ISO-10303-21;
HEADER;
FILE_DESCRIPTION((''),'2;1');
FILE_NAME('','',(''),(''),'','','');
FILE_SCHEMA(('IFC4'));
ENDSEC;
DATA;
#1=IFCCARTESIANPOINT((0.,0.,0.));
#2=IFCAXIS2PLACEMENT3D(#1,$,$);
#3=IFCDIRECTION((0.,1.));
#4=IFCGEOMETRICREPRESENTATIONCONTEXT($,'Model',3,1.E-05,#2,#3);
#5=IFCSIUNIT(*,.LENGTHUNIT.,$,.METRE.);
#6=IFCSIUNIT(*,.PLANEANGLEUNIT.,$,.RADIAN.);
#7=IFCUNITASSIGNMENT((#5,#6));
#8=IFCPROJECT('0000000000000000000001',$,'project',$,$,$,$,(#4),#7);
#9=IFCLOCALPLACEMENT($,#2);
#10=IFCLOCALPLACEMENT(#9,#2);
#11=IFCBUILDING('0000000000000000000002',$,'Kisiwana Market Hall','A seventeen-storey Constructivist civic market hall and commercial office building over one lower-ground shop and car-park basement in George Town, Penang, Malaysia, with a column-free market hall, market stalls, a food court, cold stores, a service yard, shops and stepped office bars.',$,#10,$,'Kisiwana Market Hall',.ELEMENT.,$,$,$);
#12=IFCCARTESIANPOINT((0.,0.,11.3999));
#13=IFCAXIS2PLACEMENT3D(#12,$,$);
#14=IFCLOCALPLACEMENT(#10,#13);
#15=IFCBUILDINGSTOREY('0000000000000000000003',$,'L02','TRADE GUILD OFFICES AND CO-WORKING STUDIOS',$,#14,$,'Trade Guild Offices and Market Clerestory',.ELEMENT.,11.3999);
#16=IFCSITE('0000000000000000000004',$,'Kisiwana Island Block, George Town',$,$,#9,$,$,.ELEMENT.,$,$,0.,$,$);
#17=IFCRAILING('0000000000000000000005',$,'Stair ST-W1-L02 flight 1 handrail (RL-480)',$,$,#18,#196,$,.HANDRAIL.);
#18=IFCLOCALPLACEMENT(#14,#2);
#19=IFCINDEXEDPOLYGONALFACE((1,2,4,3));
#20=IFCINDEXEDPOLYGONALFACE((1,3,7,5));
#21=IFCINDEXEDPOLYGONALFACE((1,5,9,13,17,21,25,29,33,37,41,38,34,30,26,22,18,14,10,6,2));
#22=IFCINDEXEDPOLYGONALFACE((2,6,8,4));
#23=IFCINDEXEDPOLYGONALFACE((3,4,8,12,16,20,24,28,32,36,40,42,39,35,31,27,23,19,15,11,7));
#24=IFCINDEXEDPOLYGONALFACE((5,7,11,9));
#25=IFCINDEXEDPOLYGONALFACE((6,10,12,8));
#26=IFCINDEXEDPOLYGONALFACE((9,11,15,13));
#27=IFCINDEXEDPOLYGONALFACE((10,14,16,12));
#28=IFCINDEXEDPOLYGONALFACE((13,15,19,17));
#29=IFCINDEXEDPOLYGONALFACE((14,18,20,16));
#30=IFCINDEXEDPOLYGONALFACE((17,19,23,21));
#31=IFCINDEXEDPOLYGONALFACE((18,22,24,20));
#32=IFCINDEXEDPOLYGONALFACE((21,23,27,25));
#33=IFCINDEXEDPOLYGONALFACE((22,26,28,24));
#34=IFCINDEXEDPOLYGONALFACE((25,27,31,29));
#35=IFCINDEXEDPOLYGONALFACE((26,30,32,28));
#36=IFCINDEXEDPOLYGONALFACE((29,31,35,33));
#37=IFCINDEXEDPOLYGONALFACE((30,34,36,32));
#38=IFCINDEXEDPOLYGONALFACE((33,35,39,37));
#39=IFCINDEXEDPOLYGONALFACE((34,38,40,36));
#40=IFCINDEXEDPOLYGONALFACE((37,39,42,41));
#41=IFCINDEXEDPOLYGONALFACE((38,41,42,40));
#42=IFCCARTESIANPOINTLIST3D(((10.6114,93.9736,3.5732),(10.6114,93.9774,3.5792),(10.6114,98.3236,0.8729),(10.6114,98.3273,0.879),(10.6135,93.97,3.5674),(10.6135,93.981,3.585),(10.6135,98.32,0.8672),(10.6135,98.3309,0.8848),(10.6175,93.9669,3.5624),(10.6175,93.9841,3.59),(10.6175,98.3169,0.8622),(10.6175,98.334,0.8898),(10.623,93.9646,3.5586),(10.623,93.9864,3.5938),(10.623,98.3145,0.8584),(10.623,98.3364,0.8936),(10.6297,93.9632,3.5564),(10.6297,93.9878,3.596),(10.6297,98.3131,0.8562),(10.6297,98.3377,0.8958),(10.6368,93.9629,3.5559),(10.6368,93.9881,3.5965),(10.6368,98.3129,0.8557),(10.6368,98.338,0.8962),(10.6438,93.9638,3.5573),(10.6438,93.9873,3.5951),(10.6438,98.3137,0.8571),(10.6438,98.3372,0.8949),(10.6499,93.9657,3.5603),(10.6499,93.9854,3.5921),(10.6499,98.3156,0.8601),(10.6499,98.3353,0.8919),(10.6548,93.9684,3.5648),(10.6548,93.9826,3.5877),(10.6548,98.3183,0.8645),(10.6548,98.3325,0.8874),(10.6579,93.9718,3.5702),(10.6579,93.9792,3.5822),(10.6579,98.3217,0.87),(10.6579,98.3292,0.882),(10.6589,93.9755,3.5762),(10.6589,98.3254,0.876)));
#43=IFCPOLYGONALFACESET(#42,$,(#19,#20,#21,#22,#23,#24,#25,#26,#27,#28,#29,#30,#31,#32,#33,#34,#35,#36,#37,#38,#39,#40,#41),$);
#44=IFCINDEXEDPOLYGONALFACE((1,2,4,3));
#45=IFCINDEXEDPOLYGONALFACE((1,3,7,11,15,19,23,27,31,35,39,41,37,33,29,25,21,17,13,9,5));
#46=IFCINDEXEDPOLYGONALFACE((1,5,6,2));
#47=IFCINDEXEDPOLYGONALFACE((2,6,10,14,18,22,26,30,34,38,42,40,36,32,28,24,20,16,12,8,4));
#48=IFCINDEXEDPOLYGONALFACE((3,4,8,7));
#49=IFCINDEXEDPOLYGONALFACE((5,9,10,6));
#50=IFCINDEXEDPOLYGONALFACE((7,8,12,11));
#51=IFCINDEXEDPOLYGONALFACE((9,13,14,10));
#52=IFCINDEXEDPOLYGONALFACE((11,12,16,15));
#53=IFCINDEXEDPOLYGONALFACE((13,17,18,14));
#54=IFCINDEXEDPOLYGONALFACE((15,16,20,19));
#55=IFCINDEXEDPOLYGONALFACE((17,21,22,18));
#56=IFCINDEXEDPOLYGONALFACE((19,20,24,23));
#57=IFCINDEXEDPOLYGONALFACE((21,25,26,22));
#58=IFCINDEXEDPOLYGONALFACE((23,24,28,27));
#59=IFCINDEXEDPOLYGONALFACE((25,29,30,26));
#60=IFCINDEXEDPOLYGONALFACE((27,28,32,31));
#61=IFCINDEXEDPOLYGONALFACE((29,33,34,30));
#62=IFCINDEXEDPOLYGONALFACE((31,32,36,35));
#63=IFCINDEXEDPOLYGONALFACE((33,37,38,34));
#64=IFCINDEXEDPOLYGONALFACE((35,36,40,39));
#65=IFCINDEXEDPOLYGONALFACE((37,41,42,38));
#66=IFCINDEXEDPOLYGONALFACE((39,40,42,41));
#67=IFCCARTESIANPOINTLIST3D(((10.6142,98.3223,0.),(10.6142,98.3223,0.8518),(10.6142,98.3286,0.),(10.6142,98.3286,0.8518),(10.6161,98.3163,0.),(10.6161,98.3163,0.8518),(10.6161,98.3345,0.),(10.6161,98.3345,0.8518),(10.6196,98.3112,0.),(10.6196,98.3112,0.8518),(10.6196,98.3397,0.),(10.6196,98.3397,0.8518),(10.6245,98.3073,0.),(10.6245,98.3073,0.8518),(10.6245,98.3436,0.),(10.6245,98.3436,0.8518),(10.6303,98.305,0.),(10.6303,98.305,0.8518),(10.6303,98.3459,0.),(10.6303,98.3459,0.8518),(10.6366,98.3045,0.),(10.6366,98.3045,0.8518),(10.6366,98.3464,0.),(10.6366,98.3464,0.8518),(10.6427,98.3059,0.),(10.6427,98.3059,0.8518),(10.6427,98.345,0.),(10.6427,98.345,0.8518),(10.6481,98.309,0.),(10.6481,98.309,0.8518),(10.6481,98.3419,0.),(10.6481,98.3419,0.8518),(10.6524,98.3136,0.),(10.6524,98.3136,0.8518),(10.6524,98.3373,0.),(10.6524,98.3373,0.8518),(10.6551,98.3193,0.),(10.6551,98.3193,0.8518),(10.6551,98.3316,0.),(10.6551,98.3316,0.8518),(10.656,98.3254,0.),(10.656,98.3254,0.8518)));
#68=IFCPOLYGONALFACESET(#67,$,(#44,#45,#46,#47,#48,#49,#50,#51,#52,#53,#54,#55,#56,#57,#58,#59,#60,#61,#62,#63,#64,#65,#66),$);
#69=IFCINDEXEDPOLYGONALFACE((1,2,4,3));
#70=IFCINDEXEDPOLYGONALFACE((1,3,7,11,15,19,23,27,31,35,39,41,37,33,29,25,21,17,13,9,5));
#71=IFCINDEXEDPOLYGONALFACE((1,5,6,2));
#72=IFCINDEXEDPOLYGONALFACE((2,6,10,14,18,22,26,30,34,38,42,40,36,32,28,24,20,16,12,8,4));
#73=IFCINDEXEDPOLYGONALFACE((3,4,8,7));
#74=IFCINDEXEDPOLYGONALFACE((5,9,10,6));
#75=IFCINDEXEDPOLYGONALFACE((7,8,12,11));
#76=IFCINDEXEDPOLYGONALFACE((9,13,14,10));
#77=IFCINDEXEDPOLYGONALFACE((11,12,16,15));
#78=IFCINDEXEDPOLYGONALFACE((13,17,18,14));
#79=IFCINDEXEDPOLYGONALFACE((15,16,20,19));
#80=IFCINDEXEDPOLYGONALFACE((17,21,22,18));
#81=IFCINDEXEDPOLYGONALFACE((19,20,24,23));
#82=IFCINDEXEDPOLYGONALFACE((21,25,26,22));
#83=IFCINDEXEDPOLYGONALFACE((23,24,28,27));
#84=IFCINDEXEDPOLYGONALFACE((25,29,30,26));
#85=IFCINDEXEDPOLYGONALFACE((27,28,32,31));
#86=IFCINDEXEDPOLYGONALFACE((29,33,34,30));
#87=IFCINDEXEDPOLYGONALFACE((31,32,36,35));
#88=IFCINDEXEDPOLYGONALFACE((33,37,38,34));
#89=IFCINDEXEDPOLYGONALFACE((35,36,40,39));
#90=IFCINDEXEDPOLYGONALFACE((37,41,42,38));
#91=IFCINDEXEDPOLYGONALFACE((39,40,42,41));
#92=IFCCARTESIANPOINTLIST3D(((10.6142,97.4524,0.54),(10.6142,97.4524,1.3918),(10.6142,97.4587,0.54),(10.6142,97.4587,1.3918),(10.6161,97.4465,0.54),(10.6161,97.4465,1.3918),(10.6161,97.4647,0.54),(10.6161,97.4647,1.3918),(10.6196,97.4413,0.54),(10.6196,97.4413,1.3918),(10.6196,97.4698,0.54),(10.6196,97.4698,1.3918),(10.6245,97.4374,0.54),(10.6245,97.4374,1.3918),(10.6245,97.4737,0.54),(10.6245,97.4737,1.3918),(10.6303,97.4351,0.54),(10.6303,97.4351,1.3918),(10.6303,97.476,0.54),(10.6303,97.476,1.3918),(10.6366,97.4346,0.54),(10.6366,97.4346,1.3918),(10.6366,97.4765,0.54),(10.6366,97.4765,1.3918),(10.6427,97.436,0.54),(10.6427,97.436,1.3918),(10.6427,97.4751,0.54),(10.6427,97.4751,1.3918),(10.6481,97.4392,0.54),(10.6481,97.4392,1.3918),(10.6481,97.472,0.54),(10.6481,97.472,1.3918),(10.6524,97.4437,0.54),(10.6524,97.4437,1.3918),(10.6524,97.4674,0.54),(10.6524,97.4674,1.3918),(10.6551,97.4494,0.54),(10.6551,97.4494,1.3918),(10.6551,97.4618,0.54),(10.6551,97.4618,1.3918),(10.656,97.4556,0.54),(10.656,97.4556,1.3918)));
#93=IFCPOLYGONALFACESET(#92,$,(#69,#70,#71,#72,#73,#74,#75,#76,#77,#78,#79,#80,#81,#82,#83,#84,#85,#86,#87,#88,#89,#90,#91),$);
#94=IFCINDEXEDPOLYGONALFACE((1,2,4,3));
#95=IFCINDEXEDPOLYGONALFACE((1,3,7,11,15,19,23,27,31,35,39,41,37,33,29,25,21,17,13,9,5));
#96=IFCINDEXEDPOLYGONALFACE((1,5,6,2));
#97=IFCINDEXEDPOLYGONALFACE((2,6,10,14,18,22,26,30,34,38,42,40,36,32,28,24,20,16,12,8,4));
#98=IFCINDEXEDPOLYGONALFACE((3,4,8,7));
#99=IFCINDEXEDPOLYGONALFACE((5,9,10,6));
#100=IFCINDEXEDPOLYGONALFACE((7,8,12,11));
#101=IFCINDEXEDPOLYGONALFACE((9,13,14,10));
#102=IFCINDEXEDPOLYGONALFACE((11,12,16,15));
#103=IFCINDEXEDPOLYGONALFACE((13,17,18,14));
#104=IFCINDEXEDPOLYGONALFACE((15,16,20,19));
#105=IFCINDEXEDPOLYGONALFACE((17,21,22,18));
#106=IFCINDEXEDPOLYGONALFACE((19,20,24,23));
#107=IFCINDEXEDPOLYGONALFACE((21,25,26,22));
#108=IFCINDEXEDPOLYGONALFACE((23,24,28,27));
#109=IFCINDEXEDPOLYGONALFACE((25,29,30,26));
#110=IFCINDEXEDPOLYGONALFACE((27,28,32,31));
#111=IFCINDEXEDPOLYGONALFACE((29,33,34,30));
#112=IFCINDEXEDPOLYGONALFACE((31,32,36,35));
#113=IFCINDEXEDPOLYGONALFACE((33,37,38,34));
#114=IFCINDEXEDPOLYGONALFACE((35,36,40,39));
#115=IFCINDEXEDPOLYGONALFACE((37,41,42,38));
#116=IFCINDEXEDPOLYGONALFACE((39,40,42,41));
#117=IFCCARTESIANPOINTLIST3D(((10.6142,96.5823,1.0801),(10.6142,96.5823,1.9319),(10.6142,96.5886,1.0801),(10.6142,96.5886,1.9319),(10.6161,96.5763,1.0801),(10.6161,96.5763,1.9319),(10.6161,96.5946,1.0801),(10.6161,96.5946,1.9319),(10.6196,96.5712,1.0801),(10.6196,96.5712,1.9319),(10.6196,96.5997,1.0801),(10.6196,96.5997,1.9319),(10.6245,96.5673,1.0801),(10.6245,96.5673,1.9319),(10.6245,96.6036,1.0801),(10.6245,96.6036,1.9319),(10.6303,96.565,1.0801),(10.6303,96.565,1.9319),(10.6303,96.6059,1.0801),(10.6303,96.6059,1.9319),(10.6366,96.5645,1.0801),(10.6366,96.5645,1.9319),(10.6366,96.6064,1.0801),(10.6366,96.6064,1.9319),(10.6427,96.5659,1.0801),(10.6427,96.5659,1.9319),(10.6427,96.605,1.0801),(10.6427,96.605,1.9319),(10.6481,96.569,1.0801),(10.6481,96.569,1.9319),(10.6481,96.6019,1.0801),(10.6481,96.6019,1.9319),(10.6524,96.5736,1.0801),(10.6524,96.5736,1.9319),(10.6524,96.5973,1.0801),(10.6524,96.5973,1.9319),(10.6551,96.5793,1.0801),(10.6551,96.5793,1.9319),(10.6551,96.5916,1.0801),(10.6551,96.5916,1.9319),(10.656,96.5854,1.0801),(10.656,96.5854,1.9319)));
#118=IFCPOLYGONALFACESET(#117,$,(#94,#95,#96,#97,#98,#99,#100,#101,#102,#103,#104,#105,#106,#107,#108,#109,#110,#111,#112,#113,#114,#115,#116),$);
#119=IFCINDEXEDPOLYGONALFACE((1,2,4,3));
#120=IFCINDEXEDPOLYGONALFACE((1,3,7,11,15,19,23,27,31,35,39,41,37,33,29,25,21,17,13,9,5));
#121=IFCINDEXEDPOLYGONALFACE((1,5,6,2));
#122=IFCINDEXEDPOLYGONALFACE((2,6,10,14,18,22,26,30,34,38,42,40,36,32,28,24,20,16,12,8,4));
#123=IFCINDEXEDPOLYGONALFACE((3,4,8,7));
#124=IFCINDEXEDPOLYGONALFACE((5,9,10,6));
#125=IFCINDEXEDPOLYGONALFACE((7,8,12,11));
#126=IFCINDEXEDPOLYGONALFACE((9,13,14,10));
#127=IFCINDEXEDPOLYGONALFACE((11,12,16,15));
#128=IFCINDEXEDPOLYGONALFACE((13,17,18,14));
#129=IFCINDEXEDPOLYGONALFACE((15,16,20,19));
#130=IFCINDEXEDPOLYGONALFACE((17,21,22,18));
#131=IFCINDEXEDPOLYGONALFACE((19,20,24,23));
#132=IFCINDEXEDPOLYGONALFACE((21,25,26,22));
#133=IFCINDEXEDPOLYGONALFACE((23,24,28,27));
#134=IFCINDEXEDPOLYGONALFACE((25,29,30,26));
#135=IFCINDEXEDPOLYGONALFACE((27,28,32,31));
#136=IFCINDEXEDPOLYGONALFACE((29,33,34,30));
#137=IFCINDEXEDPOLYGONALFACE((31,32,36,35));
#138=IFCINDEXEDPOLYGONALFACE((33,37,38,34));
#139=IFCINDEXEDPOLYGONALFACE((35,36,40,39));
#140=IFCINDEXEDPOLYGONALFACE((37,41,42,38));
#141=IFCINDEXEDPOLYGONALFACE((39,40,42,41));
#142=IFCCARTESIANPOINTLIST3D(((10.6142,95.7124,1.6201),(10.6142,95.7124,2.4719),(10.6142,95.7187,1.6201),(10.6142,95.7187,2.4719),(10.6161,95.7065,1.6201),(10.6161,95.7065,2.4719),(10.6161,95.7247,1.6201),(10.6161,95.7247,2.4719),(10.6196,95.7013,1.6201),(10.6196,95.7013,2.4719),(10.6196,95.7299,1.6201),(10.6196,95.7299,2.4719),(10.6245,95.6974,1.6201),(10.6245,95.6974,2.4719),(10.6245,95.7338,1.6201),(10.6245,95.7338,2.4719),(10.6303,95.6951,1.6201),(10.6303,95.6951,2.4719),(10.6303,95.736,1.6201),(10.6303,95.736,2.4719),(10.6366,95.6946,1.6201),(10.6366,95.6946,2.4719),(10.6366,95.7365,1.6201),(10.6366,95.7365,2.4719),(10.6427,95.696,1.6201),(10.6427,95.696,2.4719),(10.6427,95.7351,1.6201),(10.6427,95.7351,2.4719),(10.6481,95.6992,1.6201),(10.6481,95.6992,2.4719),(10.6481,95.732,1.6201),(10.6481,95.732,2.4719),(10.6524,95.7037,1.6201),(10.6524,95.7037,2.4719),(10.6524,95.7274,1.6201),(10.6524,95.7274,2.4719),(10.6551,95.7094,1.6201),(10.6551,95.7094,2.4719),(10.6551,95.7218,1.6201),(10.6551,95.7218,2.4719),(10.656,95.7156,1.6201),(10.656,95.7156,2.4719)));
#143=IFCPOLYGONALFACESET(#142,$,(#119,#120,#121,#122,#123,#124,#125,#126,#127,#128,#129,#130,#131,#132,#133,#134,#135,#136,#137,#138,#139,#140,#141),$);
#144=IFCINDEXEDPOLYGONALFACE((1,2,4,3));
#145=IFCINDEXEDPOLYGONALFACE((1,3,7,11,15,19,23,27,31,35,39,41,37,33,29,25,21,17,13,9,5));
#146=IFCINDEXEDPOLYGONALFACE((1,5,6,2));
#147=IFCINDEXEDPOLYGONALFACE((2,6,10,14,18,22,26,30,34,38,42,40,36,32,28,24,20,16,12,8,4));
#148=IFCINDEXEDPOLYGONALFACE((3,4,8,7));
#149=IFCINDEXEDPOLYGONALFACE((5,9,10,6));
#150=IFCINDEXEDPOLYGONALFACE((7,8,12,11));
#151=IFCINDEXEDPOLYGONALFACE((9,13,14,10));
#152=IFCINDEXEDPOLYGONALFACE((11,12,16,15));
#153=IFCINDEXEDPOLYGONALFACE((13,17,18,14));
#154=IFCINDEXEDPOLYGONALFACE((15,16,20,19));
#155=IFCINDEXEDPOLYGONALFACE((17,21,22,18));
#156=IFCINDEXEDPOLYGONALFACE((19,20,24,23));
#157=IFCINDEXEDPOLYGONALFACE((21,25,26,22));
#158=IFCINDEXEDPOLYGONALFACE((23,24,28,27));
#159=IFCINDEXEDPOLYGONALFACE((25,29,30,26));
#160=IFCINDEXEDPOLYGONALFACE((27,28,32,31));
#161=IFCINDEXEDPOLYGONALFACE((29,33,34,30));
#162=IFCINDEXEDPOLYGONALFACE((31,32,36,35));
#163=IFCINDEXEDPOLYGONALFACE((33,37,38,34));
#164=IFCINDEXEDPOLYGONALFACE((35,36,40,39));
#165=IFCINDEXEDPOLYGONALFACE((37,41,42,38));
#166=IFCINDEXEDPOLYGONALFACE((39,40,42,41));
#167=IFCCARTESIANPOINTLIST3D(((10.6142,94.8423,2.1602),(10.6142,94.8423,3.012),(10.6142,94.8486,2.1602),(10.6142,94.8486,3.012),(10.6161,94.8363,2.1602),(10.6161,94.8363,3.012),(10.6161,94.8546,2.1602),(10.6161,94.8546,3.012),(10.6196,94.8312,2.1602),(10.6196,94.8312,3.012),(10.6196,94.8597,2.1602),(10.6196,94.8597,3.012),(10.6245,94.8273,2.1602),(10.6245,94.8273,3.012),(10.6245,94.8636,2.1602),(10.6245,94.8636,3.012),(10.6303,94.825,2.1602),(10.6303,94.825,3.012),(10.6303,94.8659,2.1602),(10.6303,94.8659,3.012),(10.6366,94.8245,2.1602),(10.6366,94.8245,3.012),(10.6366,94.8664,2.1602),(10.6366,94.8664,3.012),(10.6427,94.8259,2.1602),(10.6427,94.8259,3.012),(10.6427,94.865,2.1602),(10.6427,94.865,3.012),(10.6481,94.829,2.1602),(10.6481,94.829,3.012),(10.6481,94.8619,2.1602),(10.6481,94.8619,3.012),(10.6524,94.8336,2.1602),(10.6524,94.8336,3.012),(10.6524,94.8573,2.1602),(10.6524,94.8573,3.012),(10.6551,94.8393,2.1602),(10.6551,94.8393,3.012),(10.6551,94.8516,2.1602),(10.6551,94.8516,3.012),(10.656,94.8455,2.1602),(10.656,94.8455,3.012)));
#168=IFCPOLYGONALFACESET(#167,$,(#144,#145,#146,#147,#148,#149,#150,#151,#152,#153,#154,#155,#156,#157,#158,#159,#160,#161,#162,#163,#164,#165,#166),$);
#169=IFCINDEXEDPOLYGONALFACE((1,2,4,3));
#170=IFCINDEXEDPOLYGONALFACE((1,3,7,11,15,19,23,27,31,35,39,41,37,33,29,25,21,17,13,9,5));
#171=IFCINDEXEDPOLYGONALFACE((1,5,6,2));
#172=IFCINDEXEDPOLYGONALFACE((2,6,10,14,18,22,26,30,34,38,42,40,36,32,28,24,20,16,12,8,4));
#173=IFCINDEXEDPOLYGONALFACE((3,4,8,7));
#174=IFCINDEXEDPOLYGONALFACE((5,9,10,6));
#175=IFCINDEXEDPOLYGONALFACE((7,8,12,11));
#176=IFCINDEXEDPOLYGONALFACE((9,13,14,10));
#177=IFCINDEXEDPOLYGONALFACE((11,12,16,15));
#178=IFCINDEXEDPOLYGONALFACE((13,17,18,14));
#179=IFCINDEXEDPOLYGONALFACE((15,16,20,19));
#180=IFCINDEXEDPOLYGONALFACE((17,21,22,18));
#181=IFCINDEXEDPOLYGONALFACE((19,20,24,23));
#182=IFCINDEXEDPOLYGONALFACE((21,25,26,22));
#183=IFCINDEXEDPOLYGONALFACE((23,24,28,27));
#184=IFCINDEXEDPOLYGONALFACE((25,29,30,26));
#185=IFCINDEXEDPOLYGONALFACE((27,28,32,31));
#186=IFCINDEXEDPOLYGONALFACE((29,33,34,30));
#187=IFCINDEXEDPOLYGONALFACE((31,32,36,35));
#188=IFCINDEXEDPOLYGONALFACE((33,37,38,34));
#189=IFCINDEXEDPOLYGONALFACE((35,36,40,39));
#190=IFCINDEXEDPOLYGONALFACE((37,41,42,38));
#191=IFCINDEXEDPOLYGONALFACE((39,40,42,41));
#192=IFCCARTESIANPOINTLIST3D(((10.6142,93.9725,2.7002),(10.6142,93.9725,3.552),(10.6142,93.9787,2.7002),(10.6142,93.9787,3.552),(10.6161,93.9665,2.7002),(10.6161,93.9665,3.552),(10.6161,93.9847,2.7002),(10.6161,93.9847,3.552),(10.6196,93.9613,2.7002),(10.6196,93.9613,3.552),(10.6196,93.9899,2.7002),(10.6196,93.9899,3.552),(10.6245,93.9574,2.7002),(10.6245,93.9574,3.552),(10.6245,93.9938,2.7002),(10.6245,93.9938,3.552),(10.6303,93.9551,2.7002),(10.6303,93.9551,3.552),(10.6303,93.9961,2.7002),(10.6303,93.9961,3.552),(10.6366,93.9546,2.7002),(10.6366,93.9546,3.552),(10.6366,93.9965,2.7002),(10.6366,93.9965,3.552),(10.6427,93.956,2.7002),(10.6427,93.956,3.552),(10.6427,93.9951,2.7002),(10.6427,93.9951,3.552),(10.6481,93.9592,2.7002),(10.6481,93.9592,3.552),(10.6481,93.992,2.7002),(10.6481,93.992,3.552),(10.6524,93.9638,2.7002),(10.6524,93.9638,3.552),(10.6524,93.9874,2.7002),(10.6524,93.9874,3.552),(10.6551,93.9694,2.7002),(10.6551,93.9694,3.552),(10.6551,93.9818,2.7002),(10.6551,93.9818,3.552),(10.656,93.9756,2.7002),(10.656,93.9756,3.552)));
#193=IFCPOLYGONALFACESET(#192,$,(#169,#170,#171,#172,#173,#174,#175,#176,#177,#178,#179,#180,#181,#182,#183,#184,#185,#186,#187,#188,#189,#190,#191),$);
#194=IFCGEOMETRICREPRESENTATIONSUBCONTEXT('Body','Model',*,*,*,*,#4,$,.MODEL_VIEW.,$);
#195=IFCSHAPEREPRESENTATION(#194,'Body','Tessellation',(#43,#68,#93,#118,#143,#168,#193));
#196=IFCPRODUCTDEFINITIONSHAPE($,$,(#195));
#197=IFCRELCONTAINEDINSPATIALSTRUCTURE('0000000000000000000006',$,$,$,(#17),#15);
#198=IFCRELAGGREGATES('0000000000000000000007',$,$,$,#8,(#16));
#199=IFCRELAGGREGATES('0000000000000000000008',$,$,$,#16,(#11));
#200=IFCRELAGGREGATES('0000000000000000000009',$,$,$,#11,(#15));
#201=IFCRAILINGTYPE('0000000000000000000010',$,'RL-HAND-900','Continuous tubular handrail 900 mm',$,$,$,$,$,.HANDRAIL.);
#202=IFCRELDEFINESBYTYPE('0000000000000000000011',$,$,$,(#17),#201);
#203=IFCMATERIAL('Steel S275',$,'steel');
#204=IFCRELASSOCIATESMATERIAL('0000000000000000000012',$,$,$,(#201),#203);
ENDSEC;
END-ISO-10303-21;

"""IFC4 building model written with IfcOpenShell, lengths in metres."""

from ifc_helpers import new_model, si_unit, direction, frame, origin, origin_2d, place, context, subcontext, project, spatial, circle, extrude, material, type_object, element, save


model = new_model("IFC4")

# Units and contexts
model_context = context("Model", 3, precision=1e-05, world=origin(), true_north=direction((0.0, 1.0)))
body_context = subcontext(model_context, "Body", "Model", "MODEL_VIEW")
ifc_project = project(units=[si_unit("LENGTHUNIT", "METRE"), si_unit("PLANEANGLEUNIT", "RADIAN")], contexts=[model_context])

# Site, building, storey
site_placement = place(None, origin())
site = spatial("IfcSite", under=ifc_project, at=site_placement, Name="Kisiwana Island Block, George Town", CompositionType="ELEMENT", RefElevation=0.0)
building_placement = place(site_placement, origin())
building = spatial("IfcBuilding", under=site, at=building_placement, Name="Kisiwana Market Hall", Description="A seventeen-storey Constructivist civic market hall and commercial office building over one lower-ground shop and car-park basement in George Town, Penang, Malaysia, with a column-free market hall, market stalls, a food court, cold stores, a service yard, shops and stepped office bars.", LongName="Kisiwana Market Hall", CompositionType="ELEMENT")
storey_placement = place(building_placement, frame((0.0, 0.0, 11.3999)))
storey = spatial("IfcBuildingStorey", under=building, at=storey_placement, Name="L02", Description="TRADE GUILD OFFICES AND CO-WORKING STUDIOS", LongName="Trade Guild Offices and Market Clerestory", CompositionType="ELEMENT", Elevation=11.3999)

# Railing
ifc_material_1 = material(Name="Steel S275", Category="steel")
railing_type_1 = type_object("IfcRailingType", Name="RL-HAND-900", Description="Continuous tubular handrail 900 mm", PredefinedType="HANDRAIL", material=ifc_material_1)
railing_1_placement = place(storey_placement, frame((10.635, 98.3254, 0.0)))
element("IfcRailing", 1, at=railing_1_placement, inside=storey, type_object=railing_type_1, Name="Stair ST-W1-L02 flight 1 handrail (RL-480)", PredefinedType="HANDRAIL", context=body_context, shape_type="SweptSolid", body=[
    extrude(circle(Radius=0.0239, at=origin_2d()), frame((0.0, 0.0, 0.876), z_axis=(0.0, -0.849615, 0.527403), x_axis=(1.0, 0.0, 0.0)), (0.0, 0.0, 1.0), 5.1199),
    extrude(circle(Radius=0.021, at=origin_2d()), origin(), (0.0, 0.0, 1.0), 0.8518),
    extrude(circle(Radius=0.021, at=origin_2d()), frame((0.0, -0.8699, 0.54)), (0.0, 0.0, 1.0), 0.8518),
    extrude(circle(Radius=0.021, at=origin_2d()), frame((0.0, -1.74, 1.0801)), (0.0, 0.0, 1.0), 0.8518),
    extrude(circle(Radius=0.021, at=origin_2d()), frame((0.0, -2.6099, 1.6201)), (0.0, 0.0, 1.0), 0.8518),
    extrude(circle(Radius=0.021, at=origin_2d()), frame((0.0, -3.48, 2.1602)), (0.0, 0.0, 1.0), 0.8518),
    extrude(circle(Radius=0.021, at=origin_2d()), frame((0.0, -4.3499, 2.7002)), (0.0, 0.0, 1.0), 0.8518),
])

save(model, "model.ifc")
